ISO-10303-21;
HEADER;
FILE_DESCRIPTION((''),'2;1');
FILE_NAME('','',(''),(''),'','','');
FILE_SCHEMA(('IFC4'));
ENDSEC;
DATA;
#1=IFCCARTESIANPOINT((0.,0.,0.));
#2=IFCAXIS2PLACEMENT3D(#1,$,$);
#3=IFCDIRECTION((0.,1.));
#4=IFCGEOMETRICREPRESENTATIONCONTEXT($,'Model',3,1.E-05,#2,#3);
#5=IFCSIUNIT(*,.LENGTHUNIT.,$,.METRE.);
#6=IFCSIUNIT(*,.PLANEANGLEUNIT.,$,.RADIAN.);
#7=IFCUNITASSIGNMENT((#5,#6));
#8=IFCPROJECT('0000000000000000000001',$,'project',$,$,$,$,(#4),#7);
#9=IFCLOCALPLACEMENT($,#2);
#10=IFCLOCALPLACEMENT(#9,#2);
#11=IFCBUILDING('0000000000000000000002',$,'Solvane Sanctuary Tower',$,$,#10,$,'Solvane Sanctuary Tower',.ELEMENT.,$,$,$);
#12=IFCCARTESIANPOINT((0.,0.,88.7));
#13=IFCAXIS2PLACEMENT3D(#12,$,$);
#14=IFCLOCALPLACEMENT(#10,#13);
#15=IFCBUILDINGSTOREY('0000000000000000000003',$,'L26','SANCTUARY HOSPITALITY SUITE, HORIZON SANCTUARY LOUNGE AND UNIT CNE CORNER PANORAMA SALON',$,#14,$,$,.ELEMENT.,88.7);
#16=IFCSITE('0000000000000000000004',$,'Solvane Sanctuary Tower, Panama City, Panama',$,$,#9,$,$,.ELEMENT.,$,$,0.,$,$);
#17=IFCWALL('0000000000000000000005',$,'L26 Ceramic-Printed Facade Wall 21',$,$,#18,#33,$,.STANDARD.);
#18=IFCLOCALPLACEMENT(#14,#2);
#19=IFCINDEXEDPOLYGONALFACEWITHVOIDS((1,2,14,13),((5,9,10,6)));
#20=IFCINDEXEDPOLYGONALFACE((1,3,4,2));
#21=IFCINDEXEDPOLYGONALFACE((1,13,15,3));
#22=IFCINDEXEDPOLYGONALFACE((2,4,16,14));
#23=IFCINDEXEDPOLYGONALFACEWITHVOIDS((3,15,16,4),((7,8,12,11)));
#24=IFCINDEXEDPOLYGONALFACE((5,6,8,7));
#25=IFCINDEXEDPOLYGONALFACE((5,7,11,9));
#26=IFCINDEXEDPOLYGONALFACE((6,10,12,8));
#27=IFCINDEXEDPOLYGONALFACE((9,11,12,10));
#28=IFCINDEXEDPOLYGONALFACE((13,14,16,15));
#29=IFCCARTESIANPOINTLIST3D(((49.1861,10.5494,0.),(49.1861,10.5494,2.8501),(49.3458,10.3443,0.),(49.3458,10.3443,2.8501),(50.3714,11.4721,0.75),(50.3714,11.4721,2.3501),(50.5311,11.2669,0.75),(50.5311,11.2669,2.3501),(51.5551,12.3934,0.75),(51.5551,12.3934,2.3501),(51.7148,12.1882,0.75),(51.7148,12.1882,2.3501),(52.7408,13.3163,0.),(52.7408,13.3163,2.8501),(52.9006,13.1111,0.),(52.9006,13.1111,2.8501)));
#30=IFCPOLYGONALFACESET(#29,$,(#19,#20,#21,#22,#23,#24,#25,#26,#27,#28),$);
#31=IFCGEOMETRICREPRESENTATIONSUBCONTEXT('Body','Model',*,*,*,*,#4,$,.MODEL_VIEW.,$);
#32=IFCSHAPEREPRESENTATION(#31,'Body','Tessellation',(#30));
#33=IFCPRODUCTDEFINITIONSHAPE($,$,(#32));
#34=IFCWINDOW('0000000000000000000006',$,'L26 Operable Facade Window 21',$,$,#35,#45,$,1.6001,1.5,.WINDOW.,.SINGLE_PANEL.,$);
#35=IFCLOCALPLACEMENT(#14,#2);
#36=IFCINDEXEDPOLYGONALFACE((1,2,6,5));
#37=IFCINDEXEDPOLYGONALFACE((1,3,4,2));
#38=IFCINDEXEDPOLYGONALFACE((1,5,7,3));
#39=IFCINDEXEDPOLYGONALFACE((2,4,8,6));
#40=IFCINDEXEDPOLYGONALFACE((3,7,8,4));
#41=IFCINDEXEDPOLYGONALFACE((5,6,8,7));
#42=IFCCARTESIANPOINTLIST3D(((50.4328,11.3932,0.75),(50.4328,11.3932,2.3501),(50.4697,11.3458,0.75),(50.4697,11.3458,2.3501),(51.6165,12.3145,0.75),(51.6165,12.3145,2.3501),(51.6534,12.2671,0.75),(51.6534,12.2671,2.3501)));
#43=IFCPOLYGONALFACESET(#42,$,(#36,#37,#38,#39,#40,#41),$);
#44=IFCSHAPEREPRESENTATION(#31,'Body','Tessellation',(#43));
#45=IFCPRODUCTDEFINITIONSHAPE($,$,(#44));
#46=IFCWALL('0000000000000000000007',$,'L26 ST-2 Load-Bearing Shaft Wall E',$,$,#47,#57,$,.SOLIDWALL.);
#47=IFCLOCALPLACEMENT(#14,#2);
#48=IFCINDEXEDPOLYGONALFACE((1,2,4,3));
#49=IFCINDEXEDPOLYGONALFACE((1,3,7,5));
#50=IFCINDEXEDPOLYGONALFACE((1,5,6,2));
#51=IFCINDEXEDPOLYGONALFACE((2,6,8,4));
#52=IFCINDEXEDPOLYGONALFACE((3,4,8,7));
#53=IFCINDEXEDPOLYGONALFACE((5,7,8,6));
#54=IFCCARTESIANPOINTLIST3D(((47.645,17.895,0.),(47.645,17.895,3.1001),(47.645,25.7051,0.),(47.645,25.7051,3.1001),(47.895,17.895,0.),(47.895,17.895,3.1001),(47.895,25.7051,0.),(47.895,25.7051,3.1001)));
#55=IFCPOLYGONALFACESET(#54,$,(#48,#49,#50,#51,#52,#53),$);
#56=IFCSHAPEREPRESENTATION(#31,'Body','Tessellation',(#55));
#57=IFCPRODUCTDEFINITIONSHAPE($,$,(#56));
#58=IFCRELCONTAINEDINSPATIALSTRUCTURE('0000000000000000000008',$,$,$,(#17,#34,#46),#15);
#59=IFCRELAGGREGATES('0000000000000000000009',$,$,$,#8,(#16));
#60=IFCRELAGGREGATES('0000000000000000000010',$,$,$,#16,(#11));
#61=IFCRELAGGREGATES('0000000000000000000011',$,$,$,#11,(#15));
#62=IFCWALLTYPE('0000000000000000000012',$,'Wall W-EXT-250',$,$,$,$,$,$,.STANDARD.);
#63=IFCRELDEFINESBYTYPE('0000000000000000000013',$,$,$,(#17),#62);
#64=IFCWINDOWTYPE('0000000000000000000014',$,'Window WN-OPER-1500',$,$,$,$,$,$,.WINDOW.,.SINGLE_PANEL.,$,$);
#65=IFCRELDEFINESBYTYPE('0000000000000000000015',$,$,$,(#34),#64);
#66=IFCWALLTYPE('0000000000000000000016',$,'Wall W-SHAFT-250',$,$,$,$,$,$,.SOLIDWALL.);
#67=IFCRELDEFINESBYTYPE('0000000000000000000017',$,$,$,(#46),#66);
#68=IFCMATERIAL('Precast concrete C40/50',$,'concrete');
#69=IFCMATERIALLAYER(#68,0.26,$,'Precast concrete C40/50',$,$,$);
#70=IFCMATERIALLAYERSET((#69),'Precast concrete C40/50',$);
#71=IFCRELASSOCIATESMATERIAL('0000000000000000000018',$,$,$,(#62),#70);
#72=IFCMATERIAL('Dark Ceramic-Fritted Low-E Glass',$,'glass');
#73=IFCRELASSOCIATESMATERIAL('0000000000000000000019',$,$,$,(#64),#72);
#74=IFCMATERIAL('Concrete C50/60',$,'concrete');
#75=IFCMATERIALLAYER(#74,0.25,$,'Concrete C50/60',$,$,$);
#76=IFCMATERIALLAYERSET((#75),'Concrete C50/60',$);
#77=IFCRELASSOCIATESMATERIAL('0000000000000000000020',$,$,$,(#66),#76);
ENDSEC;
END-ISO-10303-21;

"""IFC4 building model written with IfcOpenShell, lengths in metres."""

from ifc_helpers import new_model, si_unit, direction, frame, frame_2d, origin, place, context, subcontext, project, spatial, rectangle, extrude, material, layer, layer_set, type_object, element, fill, save


model = new_model("IFC4")

# Units and contexts
model_context = context("Model", 3, precision=1e-05, world=origin(), true_north=direction((0.0, 1.0)))
body_context = subcontext(model_context, "Body", "Model", "MODEL_VIEW")
ifc_project = project(units=[si_unit("LENGTHUNIT", "METRE"), si_unit("PLANEANGLEUNIT", "RADIAN")], contexts=[model_context])

# Site, building, storey
site_placement = place(None, origin())
site = spatial("IfcSite", under=ifc_project, at=site_placement, Name="Solvane Sanctuary Tower, Panama City, Panama", CompositionType="ELEMENT", RefElevation=0.0)
building_placement = place(site_placement, origin())
building = spatial("IfcBuilding", under=site, at=building_placement, Name="Solvane Sanctuary Tower", LongName="Solvane Sanctuary Tower", CompositionType="ELEMENT")
storey_placement = place(building_placement, frame((0.0, 0.0, 88.7)))
storey = spatial("IfcBuildingStorey", under=building, at=storey_placement, Name="L26", Description="SANCTUARY HOSPITALITY SUITE, HORIZON SANCTUARY LOUNGE AND UNIT CNE CORNER PANORAMA SALON", CompositionType="ELEMENT", Elevation=88.7)

# Shared definitions
ifc_material_1 = material(Name="Dark Ceramic-Fritted Low-E Glass", Category="glass")

# Wall, opening, window
ifc_material_2 = material(Name="Precast concrete C40/50", Category="concrete")
ifc_layer_1 = layer(ifc_material_2, 0.26, Name="Precast concrete C40/50")
ifc_layer_set_1 = layer_set([ifc_layer_1], Name="Precast concrete C40/50")
wall_type_1 = type_object("IfcWallType", Name="Wall W-EXT-250", PredefinedType="STANDARD", material=ifc_layer_set_1)
wall_1_placement = place(storey_placement, frame((49.2659, 10.4468, 0.0), z_axis=(0.0, 0.0, 1.0), x_axis=(0.789127, 0.614229, 0.0)))
wall_1 = element("IfcWall", 1, at=wall_1_placement, inside=storey, type_object=wall_type_1, Name="L26 Ceramic-Printed Facade Wall 21", PredefinedType="STANDARD", context=body_context, shape_type="SweptSolid", body=[
    extrude(rectangle(XDim=4.5046, YDim=0.26, at=frame_2d((2.2524, 0.0))), origin(), (0.0, 0.0, 1.0), 2.8501),
])
opening_1_placement = place(wall_1_placement, frame((1.5022, 0.0, 0.75)))
opening_1 = element("IfcOpeningElement", 2, at=opening_1_placement, cuts=wall_1, PredefinedType="OPENING", context=body_context, shape_type="SweptSolid", body=[
    extrude(rectangle(XDim=1.5, YDim=1.6001, at=frame_2d((0.75, 0.8))), frame((0.0, 0.1399, 0.0), z_axis=(0.0, -1.0, 0.0), x_axis=(1.0, 0.0, 0.0)), (0.0, 0.0, 1.0), 0.28),
])
window_type = type_object("IfcWindowType", Name="Window WN-OPER-1500", PartitioningType="SINGLE_PANEL", PredefinedType="WINDOW", material=ifc_material_1)
window_placement = place(opening_1_placement, origin())
window = element("IfcWindow", 3, at=window_placement, inside=storey, type_object=window_type, Name="L26 Operable Facade Window 21", OverallHeight=1.6001, OverallWidth=1.5, PartitioningType="SINGLE_PANEL", PredefinedType="WINDOW", context=body_context, shape_type="SweptSolid", body=[
    extrude(rectangle(XDim=1.5, YDim=1.6001, at=frame_2d((0.75, 0.8))), frame((0.0, 0.03, 0.0), z_axis=(0.0, -1.0, 0.0), x_axis=(1.0, 0.0, 0.0)), (0.0, 0.0, 1.0), 0.0601),
])
fill(opening_1, window)

# Wall
ifc_material_3 = material(Name="Concrete C50/60", Category="concrete")
ifc_layer_2 = layer(ifc_material_3, 0.25, Name="Concrete C50/60")
ifc_layer_set_2 = layer_set([ifc_layer_2], Name="Concrete C50/60")
wall_type_2 = type_object("IfcWallType", Name="Wall W-SHAFT-250", PredefinedType="SOLIDWALL", material=ifc_layer_set_2)
wall_2_placement = place(storey_placement, frame((47.77, 17.895, 0.0), z_axis=(0.0, 0.0, 1.0), x_axis=(0.0, 1.0, 0.0)))
element("IfcWall", 4, at=wall_2_placement, inside=storey, type_object=wall_type_2, Name="L26 ST-2 Load-Bearing Shaft Wall E", PredefinedType="SOLIDWALL", context=body_context, shape_type="SweptSolid", body=[
    extrude(rectangle(XDim=7.8101, YDim=0.25, at=frame_2d((3.905, 0.0))), origin(), (0.0, 0.0, 1.0), 3.1001),
])

save(model, "model.ifc")
